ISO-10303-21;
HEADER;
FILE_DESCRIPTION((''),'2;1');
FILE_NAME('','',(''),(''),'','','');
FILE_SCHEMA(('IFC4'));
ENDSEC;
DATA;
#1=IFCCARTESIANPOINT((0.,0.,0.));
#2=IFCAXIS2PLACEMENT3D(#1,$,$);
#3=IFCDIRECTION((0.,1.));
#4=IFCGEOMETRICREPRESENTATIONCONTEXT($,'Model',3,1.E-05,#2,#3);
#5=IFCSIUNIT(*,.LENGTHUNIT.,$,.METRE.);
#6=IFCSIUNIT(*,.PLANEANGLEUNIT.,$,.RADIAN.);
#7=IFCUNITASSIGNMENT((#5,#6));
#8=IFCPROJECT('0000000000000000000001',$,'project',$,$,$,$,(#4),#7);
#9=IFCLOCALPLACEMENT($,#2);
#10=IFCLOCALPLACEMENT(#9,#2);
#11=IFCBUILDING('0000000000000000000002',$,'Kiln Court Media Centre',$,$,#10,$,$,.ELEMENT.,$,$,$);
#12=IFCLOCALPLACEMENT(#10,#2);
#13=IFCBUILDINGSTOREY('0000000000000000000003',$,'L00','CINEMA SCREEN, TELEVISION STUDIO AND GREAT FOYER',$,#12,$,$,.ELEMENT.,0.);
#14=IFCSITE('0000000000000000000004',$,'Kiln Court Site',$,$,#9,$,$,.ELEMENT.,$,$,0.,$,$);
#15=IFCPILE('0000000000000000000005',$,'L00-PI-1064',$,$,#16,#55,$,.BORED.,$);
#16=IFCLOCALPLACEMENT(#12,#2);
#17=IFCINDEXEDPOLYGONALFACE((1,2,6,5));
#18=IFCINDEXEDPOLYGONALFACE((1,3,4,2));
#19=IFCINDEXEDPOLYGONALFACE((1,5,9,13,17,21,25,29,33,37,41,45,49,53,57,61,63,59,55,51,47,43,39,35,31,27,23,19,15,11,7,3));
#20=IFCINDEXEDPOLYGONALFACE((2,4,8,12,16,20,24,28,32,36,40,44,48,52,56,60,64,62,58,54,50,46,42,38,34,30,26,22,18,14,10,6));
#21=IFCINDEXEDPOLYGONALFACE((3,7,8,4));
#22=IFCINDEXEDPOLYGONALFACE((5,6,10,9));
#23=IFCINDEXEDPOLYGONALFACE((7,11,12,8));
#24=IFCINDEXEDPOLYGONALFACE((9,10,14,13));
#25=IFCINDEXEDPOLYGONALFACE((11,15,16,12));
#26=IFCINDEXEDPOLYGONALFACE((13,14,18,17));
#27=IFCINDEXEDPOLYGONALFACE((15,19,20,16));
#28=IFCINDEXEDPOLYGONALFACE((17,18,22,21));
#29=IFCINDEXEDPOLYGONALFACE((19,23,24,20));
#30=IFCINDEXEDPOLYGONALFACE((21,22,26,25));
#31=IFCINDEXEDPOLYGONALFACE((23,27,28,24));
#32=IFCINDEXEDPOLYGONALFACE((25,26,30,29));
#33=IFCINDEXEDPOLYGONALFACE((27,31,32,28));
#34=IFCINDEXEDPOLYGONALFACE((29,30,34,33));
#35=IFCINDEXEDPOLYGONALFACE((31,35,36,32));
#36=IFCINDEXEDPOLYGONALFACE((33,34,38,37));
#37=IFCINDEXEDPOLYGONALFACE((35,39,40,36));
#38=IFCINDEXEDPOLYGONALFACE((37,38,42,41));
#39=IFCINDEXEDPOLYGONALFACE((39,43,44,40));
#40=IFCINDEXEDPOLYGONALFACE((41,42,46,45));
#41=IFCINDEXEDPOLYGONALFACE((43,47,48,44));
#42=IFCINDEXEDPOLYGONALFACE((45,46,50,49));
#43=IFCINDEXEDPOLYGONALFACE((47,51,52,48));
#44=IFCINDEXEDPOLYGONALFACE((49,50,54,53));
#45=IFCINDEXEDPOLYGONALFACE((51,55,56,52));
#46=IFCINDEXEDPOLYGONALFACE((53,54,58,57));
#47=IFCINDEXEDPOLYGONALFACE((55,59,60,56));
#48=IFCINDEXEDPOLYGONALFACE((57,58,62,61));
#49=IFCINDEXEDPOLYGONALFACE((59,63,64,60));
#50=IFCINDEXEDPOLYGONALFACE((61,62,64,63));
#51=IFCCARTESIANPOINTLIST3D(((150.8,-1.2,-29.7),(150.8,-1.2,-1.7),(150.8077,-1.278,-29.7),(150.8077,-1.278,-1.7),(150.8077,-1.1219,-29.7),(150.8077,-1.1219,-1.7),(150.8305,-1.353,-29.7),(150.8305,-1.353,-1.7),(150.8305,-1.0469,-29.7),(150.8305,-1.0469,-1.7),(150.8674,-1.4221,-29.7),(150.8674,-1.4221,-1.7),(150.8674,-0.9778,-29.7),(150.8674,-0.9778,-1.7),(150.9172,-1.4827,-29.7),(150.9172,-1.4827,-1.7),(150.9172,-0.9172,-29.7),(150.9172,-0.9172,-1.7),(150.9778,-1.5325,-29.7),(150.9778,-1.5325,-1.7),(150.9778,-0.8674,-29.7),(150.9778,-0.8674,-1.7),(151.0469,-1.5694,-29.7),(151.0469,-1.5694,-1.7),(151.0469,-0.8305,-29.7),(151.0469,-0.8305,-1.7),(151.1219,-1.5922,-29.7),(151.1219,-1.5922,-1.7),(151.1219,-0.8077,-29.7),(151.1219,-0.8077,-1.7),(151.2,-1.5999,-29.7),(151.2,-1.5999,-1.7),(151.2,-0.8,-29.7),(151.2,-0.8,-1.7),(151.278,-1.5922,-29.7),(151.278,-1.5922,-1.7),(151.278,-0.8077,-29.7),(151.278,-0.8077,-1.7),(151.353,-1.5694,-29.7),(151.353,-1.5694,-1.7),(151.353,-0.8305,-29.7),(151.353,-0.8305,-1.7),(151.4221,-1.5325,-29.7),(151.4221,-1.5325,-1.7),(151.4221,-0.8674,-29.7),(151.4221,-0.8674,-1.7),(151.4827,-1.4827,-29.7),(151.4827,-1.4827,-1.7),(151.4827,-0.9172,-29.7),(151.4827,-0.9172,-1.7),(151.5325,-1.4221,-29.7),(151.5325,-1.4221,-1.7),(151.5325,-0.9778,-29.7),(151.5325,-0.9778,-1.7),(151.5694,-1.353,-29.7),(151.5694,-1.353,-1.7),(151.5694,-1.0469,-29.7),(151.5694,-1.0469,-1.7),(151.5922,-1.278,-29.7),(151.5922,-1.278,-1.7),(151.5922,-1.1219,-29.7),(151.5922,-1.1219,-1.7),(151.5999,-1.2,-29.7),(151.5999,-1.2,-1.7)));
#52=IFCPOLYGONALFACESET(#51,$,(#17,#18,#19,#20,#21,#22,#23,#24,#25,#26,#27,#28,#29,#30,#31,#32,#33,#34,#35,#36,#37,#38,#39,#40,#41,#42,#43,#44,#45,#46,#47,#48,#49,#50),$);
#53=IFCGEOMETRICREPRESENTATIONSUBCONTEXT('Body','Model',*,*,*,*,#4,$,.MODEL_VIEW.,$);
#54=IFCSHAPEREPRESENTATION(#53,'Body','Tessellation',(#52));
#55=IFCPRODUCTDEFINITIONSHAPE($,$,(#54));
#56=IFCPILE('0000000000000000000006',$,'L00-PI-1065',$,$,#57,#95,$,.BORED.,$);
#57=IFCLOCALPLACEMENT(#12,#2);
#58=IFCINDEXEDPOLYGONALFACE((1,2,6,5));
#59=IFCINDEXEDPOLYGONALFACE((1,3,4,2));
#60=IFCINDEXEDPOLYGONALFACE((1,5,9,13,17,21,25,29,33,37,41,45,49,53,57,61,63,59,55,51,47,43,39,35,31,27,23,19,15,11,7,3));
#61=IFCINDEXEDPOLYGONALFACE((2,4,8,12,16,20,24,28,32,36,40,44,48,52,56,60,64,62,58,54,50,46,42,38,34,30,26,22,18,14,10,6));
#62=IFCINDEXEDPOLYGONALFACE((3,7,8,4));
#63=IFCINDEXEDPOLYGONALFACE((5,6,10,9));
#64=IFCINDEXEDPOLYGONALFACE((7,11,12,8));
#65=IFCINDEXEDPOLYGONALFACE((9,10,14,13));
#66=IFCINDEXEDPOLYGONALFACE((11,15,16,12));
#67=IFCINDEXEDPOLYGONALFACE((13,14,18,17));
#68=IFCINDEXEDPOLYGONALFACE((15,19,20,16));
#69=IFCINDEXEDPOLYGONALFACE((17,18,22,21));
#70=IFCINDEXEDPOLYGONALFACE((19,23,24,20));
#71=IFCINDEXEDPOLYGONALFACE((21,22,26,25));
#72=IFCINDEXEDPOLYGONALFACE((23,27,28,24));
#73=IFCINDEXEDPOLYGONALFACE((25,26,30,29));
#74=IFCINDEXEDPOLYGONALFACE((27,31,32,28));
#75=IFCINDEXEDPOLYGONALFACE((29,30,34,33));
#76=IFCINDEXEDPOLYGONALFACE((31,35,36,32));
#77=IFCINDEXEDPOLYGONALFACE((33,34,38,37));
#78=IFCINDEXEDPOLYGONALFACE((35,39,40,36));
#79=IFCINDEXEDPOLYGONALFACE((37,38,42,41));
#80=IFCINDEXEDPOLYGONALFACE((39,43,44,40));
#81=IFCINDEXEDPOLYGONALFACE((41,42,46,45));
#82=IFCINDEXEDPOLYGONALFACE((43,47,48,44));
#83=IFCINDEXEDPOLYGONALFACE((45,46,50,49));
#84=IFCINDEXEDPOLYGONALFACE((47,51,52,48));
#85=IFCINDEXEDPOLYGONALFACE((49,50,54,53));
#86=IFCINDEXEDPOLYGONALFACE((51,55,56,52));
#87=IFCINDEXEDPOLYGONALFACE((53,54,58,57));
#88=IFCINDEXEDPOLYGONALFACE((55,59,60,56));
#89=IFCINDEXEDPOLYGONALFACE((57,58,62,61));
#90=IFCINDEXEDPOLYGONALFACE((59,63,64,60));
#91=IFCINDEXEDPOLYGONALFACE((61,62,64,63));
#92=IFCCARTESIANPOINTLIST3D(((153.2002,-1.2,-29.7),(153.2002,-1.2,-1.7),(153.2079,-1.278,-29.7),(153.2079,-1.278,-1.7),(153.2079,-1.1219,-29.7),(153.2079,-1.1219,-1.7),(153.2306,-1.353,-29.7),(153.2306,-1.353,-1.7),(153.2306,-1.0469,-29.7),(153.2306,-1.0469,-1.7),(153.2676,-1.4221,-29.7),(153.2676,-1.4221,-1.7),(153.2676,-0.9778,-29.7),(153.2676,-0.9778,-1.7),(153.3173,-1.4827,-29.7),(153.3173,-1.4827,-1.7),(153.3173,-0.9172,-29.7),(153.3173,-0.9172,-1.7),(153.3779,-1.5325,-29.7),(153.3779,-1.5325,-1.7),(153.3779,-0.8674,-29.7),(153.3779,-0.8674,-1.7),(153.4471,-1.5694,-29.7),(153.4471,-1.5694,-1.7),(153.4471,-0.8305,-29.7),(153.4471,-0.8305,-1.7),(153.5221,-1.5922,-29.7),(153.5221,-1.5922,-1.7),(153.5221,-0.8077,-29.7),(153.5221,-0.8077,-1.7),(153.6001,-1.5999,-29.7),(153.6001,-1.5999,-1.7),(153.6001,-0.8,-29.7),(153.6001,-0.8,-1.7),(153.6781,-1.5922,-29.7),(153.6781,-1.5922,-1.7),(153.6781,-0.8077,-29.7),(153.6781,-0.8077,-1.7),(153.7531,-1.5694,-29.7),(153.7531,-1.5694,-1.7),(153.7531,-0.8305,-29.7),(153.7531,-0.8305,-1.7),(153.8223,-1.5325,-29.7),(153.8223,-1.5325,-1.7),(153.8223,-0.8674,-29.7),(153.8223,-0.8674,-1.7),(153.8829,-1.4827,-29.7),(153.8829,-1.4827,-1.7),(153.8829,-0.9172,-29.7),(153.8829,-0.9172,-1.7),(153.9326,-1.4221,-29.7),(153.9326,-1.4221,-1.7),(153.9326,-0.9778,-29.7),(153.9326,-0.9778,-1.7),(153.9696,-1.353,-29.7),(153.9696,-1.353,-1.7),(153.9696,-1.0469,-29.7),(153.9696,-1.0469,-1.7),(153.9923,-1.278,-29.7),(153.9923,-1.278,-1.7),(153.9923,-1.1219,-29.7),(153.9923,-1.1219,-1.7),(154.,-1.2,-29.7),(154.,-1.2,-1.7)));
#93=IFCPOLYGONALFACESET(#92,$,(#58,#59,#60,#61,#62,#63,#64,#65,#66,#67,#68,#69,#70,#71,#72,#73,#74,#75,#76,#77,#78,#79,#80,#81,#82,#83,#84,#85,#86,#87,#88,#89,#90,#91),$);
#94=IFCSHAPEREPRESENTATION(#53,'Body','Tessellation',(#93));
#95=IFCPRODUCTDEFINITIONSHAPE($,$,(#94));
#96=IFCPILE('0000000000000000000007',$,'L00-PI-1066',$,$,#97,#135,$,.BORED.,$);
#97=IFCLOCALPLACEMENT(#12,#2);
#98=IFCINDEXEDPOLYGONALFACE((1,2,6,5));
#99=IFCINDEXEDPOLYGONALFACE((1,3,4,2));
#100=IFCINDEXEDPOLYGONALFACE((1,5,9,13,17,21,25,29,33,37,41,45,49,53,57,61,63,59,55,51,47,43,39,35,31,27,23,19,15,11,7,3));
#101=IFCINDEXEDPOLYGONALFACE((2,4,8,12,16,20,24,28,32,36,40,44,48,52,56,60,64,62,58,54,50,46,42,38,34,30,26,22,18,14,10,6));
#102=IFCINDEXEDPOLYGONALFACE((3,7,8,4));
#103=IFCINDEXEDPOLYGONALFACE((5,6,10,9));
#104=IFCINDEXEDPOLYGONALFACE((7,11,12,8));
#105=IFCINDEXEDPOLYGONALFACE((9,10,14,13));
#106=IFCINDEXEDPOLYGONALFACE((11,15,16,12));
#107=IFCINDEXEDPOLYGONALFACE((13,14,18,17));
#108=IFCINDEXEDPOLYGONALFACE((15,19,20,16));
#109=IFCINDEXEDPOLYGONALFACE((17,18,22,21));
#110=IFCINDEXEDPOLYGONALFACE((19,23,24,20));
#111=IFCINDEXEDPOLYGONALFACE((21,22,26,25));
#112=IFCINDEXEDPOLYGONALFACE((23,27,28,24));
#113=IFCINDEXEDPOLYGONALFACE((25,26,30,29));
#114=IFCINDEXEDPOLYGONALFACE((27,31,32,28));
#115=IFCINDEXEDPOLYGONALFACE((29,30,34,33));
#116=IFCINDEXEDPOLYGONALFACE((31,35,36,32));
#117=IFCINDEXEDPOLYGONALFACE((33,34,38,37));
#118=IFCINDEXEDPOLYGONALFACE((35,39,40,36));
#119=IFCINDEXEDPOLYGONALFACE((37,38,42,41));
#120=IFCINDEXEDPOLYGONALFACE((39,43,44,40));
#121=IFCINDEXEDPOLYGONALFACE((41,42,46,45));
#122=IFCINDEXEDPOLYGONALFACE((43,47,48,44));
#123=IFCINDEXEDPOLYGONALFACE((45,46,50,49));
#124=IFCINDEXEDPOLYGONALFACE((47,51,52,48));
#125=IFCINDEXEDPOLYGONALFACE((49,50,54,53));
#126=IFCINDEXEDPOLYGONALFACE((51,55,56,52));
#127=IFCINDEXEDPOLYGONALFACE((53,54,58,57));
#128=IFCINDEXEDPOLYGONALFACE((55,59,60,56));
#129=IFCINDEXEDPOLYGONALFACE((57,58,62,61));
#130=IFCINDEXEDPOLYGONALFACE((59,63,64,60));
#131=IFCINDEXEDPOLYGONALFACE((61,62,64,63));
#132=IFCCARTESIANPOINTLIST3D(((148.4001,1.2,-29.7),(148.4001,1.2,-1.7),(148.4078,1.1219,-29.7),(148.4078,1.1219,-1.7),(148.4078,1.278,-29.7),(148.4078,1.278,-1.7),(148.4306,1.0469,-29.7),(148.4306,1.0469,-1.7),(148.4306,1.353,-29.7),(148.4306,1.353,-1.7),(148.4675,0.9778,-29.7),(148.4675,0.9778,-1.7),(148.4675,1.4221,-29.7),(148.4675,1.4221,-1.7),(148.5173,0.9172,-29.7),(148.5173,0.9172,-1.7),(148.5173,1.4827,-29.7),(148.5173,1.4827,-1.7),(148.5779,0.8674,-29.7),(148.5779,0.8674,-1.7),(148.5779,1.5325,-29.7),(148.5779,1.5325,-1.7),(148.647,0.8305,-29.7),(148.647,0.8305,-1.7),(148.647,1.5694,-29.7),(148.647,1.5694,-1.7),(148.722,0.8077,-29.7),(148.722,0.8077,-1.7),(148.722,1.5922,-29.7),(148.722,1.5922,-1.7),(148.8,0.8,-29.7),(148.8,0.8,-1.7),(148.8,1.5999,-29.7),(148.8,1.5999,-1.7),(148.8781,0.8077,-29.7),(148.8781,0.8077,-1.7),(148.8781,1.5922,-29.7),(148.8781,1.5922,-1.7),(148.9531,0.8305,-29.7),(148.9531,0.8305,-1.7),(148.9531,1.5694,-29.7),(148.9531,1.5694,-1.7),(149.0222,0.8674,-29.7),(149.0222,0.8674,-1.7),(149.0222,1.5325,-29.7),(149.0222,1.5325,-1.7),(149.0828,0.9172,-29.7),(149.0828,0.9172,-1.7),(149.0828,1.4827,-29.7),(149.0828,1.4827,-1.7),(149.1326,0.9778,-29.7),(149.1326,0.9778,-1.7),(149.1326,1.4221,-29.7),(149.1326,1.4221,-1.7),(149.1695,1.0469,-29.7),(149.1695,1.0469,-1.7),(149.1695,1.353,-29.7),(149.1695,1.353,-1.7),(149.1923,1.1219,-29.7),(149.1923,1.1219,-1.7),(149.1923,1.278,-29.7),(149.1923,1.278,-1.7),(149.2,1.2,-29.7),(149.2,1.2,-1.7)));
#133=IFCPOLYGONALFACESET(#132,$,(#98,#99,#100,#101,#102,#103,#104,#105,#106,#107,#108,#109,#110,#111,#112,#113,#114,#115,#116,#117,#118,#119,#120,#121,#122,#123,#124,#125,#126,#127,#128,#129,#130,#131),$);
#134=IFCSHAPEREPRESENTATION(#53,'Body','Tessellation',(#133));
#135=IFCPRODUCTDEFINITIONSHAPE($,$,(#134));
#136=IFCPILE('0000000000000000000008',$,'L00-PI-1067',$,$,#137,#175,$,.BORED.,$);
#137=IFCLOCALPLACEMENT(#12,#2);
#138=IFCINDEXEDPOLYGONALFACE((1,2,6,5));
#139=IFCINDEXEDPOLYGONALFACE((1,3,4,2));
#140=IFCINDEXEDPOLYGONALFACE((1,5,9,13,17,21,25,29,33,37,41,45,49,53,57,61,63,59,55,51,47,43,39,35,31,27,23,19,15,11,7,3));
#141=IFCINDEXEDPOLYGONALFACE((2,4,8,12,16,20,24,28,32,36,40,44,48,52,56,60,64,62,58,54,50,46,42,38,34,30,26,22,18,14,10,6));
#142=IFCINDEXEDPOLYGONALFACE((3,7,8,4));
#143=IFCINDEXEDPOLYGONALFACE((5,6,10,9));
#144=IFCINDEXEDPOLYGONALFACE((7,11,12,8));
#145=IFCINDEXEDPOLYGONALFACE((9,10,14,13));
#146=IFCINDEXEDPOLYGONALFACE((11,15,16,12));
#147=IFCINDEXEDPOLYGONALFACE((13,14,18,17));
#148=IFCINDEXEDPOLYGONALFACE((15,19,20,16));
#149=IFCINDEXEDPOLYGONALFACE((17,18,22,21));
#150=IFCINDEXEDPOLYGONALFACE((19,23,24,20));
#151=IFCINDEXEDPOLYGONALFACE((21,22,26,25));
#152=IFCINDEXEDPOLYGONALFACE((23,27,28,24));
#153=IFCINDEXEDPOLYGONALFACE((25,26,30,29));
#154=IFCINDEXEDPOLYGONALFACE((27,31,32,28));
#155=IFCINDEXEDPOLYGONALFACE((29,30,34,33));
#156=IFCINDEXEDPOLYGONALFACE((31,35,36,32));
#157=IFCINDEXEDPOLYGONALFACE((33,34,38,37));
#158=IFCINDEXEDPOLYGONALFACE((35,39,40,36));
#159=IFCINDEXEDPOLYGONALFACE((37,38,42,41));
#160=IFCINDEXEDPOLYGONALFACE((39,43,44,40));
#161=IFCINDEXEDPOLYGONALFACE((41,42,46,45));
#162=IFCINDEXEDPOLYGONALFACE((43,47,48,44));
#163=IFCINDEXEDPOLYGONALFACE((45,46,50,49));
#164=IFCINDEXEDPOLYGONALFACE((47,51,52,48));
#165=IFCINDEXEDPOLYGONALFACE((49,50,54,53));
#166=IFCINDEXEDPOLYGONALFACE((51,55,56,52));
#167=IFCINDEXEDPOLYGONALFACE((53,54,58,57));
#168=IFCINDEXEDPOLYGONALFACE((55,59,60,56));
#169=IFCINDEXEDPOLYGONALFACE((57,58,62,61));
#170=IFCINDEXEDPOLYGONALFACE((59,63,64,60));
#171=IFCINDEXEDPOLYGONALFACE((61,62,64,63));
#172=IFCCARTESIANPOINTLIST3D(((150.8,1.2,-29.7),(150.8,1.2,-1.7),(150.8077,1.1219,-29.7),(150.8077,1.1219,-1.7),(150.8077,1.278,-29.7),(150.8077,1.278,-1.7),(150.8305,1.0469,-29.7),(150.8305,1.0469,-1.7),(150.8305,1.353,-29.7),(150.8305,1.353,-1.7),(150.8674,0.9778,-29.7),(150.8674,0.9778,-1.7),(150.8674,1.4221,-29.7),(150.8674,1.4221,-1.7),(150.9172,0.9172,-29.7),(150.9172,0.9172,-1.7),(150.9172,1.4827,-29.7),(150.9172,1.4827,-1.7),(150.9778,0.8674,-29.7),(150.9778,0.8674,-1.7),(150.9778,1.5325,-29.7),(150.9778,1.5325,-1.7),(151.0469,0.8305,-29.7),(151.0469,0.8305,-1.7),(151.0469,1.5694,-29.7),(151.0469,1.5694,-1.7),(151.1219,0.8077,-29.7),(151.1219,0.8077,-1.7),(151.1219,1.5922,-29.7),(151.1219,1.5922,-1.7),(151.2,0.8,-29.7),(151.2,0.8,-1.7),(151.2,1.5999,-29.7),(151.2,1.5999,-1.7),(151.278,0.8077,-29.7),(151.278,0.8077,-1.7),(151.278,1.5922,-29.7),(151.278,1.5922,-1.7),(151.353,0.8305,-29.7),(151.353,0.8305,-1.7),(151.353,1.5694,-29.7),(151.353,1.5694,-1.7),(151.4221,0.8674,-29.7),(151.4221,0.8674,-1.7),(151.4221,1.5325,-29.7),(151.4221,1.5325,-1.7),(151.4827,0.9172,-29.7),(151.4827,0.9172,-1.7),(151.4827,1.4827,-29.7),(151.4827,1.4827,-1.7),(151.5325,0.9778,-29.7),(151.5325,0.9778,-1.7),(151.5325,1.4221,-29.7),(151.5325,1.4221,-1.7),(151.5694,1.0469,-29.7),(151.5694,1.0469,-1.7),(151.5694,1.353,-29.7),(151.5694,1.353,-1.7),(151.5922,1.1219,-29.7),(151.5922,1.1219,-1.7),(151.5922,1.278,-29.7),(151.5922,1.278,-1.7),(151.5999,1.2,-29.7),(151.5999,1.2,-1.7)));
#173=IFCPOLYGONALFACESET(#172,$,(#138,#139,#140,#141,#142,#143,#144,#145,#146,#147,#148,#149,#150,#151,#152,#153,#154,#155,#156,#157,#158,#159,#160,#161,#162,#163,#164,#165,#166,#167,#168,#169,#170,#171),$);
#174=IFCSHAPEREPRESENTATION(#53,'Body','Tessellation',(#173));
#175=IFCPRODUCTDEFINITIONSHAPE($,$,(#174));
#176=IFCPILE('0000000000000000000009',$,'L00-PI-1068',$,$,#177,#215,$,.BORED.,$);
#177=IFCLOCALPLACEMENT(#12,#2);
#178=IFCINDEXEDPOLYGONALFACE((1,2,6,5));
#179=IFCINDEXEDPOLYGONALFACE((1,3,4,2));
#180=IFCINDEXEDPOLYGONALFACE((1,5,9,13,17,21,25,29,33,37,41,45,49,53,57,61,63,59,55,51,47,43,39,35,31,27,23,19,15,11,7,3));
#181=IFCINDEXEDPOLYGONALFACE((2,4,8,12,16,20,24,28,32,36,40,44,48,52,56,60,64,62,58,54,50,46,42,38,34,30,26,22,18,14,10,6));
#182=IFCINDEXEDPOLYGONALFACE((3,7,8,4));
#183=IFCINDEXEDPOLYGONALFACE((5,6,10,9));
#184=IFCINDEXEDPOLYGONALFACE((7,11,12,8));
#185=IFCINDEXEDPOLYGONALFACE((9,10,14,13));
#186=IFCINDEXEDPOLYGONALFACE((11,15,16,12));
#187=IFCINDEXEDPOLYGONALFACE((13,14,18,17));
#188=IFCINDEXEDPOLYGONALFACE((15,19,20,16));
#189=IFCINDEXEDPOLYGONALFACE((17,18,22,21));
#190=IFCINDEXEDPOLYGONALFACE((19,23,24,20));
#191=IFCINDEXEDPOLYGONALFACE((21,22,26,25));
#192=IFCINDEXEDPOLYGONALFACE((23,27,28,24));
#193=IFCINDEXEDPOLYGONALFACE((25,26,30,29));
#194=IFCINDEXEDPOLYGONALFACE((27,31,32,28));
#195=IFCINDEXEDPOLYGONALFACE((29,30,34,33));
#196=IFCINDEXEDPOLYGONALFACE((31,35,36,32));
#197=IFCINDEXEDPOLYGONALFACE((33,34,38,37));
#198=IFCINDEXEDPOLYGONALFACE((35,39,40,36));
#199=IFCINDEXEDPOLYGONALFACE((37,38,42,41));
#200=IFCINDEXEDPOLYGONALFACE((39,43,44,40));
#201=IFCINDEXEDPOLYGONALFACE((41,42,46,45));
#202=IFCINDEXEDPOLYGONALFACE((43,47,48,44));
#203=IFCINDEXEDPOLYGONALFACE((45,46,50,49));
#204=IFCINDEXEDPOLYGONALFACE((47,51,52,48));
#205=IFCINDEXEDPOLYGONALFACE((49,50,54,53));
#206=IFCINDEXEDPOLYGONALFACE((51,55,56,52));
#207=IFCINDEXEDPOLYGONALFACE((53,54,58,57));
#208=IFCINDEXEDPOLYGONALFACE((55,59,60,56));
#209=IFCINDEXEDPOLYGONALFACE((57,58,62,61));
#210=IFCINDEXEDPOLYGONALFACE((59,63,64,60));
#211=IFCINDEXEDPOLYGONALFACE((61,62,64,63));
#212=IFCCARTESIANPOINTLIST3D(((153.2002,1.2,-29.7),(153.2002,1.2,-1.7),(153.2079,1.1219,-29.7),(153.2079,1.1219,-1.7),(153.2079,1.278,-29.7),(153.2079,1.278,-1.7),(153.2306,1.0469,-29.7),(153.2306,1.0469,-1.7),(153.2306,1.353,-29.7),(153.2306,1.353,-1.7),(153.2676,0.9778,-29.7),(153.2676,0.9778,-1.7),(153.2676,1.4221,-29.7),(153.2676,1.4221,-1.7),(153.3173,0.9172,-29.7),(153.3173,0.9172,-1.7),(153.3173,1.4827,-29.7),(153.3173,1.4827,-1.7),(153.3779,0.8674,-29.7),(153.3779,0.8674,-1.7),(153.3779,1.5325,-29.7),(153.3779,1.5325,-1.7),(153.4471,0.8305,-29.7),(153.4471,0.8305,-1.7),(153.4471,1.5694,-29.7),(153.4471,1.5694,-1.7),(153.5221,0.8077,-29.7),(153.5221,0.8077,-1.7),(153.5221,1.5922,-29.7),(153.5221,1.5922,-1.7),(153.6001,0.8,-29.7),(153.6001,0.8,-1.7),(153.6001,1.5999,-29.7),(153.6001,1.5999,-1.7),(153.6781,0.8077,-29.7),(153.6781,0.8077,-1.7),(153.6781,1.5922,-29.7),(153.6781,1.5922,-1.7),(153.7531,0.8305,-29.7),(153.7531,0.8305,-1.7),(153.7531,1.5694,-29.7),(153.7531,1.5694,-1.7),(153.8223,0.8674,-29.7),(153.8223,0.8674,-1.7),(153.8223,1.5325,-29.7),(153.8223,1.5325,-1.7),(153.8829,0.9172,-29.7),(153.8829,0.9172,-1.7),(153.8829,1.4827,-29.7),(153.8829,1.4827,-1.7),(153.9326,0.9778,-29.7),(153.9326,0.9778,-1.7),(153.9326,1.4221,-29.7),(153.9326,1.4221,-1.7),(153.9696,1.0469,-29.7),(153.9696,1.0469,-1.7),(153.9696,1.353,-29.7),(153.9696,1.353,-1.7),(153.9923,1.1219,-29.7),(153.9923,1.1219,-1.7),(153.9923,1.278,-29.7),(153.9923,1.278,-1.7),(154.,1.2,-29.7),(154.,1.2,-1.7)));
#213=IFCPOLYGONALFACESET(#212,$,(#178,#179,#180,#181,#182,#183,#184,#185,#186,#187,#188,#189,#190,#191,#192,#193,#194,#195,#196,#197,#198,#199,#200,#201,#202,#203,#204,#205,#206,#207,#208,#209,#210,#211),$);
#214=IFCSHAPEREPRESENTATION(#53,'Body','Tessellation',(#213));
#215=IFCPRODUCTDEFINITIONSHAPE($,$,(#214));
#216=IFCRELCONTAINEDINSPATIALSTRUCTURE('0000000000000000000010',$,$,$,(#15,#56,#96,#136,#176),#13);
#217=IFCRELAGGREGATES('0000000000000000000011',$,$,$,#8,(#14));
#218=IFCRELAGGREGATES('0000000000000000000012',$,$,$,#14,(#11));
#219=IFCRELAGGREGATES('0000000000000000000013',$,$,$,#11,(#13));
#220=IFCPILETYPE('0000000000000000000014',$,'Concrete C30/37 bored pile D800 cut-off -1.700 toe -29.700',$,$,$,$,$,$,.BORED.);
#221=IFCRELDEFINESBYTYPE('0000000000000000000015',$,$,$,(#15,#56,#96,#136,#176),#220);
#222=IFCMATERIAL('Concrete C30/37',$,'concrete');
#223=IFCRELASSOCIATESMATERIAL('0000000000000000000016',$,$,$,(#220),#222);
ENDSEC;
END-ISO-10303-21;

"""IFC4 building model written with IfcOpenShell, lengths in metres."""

from ifc_helpers import new_model, si_unit, direction, frame, origin, origin_2d, place, context, subcontext, project, spatial, circle, extrude, material, material_profile, profile_set, type_object, element, save


model = new_model("IFC4")

# Units and contexts
model_context = context("Model", 3, precision=1e-05, world=origin(), true_north=direction((0.0, 1.0)))
body_context = subcontext(model_context, "Body", "Model", "MODEL_VIEW")
ifc_project = project(units=[si_unit("LENGTHUNIT", "METRE"), si_unit("PLANEANGLEUNIT", "RADIAN")], contexts=[model_context])

# Site, building, storey
site_placement = place(None, origin())
site = spatial("IfcSite", under=ifc_project, at=site_placement, Name="Kiln Court Site", CompositionType="ELEMENT", RefElevation=0.0)
building_placement = place(site_placement, origin())
building = spatial("IfcBuilding", under=site, at=building_placement, Name="Kiln Court Media Centre", CompositionType="ELEMENT")
storey_placement = place(building_placement, origin())
storey = spatial("IfcBuildingStorey", under=building, at=storey_placement, Name="L00", Description="CINEMA SCREEN, TELEVISION STUDIO AND GREAT FOYER", CompositionType="ELEMENT", Elevation=0.0)

# Piles
ifc_material_1 = material(Name="Concrete C30/37", Category="concrete")
ifc_material_profile_1 = material_profile(ifc_material_1, circle(Radius=0.3999, at=origin_2d()), Name="PILE D800")
ifc_profile_set_1 = profile_set([ifc_material_profile_1], Name="Concrete C30/37")
pile_type_1 = type_object("IfcPileType", Name="Concrete C30/37 bored pile D800 cut-off -1.700 toe -29.700", PredefinedType="BORED", material=ifc_profile_set_1)
for number, where, z_axis, x_axis, name in (
    (1, (151.2, -1.2, -1.7), (0.0, 0.0, -1.0), (1.0, 0.0, 0.0), "L00-PI-1064"),
    (2, (153.6001, -1.2, -1.7), (0.0, 0.0, -1.0), (1.0, 0.0, 0.0), "L00-PI-1065"),
    (3, (148.8, 1.2, -1.7), (0.0, 0.0, -1.0), (1.0, 0.0, 0.0), "L00-PI-1066"),
    (4, (151.2, 1.2, -1.7), (0.0, 0.0, -1.0), (1.0, 0.0, 0.0), "L00-PI-1067"),
    (5, (153.6001, 1.2, -1.7), (0.0, 0.0, -1.0), (1.0, 0.0, 0.0), "L00-PI-1068"),
):
    element("IfcPile", number, at=place(storey_placement, frame(where, z_axis=z_axis, x_axis=x_axis)), inside=storey, type_object=pile_type_1, Name=name, PredefinedType="BORED", context=body_context, shape_type="SweptSolid", body=[
        extrude(circle(Radius=0.3999, at=origin_2d()), origin(), (0.0, 0.0, 1.0), 28.0),
    ])

save(model, "model.ifc")
